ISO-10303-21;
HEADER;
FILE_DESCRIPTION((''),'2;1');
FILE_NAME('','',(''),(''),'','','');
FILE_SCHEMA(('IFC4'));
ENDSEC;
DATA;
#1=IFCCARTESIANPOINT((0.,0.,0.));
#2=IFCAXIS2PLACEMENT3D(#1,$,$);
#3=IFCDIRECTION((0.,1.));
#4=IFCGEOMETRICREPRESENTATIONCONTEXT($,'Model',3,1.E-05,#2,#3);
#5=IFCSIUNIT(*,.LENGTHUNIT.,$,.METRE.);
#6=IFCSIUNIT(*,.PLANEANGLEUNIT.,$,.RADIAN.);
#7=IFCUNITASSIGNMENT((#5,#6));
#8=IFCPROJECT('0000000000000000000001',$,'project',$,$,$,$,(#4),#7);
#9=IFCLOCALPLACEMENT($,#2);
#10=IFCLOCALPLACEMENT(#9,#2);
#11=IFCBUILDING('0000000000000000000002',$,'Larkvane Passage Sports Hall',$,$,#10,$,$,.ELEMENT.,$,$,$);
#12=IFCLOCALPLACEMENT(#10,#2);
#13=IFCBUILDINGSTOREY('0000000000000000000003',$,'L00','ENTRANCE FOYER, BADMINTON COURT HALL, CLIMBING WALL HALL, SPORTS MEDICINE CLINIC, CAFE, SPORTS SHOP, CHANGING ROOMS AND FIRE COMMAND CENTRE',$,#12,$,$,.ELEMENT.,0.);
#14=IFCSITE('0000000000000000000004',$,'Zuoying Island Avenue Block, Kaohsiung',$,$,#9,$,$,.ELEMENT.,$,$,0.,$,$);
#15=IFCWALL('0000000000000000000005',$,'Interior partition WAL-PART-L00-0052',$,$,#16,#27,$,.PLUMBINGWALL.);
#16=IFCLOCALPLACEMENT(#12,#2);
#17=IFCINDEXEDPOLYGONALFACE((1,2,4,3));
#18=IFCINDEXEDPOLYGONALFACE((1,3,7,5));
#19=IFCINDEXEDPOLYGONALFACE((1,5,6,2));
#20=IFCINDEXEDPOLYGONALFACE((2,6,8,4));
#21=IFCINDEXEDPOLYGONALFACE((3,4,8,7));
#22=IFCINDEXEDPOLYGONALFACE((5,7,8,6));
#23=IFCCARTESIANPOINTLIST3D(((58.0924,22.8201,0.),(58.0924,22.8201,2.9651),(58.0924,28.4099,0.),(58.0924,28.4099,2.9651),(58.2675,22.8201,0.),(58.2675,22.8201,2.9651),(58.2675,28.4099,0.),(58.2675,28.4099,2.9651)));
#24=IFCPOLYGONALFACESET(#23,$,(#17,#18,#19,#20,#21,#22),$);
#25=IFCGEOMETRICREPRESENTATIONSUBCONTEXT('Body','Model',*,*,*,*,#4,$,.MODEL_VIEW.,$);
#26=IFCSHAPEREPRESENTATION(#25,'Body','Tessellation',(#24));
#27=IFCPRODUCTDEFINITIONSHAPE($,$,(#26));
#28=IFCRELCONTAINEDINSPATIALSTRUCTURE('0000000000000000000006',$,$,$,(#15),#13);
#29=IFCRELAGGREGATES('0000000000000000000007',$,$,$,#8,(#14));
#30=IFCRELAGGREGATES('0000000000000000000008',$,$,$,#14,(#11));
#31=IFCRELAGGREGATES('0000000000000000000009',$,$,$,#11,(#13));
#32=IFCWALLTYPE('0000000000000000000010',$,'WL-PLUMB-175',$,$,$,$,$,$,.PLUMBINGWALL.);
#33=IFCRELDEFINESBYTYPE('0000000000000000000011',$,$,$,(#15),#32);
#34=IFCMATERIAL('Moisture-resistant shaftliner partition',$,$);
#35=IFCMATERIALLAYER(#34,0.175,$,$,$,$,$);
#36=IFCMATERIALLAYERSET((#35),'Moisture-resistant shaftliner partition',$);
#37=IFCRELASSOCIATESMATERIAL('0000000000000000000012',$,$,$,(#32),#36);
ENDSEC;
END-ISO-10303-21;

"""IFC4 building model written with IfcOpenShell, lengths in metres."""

from ifc_helpers import new_model, si_unit, direction, frame, frame_2d, origin, place, context, subcontext, project, spatial, rectangle, extrude, material, layer, layer_set, type_object, element, save


model = new_model("IFC4")

# Units and contexts
model_context = context("Model", 3, precision=1e-05, world=origin(), true_north=direction((0.0, 1.0)))
body_context = subcontext(model_context, "Body", "Model", "MODEL_VIEW")
ifc_project = project(units=[si_unit("LENGTHUNIT", "METRE"), si_unit("PLANEANGLEUNIT", "RADIAN")], contexts=[model_context])

# Site, building, storey
site_placement = place(None, origin())
site = spatial("IfcSite", under=ifc_project, at=site_placement, Name="Zuoying Island Avenue Block, Kaohsiung", CompositionType="ELEMENT", RefElevation=0.0)
building_placement = place(site_placement, origin())
building = spatial("IfcBuilding", under=site, at=building_placement, Name="Larkvane Passage Sports Hall", CompositionType="ELEMENT")
storey_placement = place(building_placement, origin())
storey = spatial("IfcBuildingStorey", under=building, at=storey_placement, Name="L00", Description="ENTRANCE FOYER, BADMINTON COURT HALL, CLIMBING WALL HALL, SPORTS MEDICINE CLINIC, CAFE, SPORTS SHOP, CHANGING ROOMS AND FIRE COMMAND CENTRE", CompositionType="ELEMENT", Elevation=0.0)

# Wall
ifc_material_1 = material(Name="Moisture-resistant shaftliner partition")
ifc_layer_1 = layer(ifc_material_1, 0.175)
ifc_layer_set_1 = layer_set([ifc_layer_1], Name="Moisture-resistant shaftliner partition")
wall_type_1 = type_object("IfcWallType", Name="WL-PLUMB-175", PredefinedType="PLUMBINGWALL", material=ifc_layer_set_1)
wall_1_placement = place(storey_placement, frame((58.1799, 28.4099, 0.0), z_axis=(0.0, 0.0, 1.0), x_axis=(0.0, -1.0, 0.0)))
element("IfcWall", 1, at=wall_1_placement, inside=storey, type_object=wall_type_1, Name="Interior partition WAL-PART-L00-0052", PredefinedType="PLUMBINGWALL", context=body_context, shape_type="SweptSolid", body=[
    extrude(rectangle(XDim=5.5898, YDim=0.175, at=frame_2d((2.7949, 0.0))), origin(), (0.0, 0.0, 1.0), 2.9651),
])

save(model, "model.ifc")
